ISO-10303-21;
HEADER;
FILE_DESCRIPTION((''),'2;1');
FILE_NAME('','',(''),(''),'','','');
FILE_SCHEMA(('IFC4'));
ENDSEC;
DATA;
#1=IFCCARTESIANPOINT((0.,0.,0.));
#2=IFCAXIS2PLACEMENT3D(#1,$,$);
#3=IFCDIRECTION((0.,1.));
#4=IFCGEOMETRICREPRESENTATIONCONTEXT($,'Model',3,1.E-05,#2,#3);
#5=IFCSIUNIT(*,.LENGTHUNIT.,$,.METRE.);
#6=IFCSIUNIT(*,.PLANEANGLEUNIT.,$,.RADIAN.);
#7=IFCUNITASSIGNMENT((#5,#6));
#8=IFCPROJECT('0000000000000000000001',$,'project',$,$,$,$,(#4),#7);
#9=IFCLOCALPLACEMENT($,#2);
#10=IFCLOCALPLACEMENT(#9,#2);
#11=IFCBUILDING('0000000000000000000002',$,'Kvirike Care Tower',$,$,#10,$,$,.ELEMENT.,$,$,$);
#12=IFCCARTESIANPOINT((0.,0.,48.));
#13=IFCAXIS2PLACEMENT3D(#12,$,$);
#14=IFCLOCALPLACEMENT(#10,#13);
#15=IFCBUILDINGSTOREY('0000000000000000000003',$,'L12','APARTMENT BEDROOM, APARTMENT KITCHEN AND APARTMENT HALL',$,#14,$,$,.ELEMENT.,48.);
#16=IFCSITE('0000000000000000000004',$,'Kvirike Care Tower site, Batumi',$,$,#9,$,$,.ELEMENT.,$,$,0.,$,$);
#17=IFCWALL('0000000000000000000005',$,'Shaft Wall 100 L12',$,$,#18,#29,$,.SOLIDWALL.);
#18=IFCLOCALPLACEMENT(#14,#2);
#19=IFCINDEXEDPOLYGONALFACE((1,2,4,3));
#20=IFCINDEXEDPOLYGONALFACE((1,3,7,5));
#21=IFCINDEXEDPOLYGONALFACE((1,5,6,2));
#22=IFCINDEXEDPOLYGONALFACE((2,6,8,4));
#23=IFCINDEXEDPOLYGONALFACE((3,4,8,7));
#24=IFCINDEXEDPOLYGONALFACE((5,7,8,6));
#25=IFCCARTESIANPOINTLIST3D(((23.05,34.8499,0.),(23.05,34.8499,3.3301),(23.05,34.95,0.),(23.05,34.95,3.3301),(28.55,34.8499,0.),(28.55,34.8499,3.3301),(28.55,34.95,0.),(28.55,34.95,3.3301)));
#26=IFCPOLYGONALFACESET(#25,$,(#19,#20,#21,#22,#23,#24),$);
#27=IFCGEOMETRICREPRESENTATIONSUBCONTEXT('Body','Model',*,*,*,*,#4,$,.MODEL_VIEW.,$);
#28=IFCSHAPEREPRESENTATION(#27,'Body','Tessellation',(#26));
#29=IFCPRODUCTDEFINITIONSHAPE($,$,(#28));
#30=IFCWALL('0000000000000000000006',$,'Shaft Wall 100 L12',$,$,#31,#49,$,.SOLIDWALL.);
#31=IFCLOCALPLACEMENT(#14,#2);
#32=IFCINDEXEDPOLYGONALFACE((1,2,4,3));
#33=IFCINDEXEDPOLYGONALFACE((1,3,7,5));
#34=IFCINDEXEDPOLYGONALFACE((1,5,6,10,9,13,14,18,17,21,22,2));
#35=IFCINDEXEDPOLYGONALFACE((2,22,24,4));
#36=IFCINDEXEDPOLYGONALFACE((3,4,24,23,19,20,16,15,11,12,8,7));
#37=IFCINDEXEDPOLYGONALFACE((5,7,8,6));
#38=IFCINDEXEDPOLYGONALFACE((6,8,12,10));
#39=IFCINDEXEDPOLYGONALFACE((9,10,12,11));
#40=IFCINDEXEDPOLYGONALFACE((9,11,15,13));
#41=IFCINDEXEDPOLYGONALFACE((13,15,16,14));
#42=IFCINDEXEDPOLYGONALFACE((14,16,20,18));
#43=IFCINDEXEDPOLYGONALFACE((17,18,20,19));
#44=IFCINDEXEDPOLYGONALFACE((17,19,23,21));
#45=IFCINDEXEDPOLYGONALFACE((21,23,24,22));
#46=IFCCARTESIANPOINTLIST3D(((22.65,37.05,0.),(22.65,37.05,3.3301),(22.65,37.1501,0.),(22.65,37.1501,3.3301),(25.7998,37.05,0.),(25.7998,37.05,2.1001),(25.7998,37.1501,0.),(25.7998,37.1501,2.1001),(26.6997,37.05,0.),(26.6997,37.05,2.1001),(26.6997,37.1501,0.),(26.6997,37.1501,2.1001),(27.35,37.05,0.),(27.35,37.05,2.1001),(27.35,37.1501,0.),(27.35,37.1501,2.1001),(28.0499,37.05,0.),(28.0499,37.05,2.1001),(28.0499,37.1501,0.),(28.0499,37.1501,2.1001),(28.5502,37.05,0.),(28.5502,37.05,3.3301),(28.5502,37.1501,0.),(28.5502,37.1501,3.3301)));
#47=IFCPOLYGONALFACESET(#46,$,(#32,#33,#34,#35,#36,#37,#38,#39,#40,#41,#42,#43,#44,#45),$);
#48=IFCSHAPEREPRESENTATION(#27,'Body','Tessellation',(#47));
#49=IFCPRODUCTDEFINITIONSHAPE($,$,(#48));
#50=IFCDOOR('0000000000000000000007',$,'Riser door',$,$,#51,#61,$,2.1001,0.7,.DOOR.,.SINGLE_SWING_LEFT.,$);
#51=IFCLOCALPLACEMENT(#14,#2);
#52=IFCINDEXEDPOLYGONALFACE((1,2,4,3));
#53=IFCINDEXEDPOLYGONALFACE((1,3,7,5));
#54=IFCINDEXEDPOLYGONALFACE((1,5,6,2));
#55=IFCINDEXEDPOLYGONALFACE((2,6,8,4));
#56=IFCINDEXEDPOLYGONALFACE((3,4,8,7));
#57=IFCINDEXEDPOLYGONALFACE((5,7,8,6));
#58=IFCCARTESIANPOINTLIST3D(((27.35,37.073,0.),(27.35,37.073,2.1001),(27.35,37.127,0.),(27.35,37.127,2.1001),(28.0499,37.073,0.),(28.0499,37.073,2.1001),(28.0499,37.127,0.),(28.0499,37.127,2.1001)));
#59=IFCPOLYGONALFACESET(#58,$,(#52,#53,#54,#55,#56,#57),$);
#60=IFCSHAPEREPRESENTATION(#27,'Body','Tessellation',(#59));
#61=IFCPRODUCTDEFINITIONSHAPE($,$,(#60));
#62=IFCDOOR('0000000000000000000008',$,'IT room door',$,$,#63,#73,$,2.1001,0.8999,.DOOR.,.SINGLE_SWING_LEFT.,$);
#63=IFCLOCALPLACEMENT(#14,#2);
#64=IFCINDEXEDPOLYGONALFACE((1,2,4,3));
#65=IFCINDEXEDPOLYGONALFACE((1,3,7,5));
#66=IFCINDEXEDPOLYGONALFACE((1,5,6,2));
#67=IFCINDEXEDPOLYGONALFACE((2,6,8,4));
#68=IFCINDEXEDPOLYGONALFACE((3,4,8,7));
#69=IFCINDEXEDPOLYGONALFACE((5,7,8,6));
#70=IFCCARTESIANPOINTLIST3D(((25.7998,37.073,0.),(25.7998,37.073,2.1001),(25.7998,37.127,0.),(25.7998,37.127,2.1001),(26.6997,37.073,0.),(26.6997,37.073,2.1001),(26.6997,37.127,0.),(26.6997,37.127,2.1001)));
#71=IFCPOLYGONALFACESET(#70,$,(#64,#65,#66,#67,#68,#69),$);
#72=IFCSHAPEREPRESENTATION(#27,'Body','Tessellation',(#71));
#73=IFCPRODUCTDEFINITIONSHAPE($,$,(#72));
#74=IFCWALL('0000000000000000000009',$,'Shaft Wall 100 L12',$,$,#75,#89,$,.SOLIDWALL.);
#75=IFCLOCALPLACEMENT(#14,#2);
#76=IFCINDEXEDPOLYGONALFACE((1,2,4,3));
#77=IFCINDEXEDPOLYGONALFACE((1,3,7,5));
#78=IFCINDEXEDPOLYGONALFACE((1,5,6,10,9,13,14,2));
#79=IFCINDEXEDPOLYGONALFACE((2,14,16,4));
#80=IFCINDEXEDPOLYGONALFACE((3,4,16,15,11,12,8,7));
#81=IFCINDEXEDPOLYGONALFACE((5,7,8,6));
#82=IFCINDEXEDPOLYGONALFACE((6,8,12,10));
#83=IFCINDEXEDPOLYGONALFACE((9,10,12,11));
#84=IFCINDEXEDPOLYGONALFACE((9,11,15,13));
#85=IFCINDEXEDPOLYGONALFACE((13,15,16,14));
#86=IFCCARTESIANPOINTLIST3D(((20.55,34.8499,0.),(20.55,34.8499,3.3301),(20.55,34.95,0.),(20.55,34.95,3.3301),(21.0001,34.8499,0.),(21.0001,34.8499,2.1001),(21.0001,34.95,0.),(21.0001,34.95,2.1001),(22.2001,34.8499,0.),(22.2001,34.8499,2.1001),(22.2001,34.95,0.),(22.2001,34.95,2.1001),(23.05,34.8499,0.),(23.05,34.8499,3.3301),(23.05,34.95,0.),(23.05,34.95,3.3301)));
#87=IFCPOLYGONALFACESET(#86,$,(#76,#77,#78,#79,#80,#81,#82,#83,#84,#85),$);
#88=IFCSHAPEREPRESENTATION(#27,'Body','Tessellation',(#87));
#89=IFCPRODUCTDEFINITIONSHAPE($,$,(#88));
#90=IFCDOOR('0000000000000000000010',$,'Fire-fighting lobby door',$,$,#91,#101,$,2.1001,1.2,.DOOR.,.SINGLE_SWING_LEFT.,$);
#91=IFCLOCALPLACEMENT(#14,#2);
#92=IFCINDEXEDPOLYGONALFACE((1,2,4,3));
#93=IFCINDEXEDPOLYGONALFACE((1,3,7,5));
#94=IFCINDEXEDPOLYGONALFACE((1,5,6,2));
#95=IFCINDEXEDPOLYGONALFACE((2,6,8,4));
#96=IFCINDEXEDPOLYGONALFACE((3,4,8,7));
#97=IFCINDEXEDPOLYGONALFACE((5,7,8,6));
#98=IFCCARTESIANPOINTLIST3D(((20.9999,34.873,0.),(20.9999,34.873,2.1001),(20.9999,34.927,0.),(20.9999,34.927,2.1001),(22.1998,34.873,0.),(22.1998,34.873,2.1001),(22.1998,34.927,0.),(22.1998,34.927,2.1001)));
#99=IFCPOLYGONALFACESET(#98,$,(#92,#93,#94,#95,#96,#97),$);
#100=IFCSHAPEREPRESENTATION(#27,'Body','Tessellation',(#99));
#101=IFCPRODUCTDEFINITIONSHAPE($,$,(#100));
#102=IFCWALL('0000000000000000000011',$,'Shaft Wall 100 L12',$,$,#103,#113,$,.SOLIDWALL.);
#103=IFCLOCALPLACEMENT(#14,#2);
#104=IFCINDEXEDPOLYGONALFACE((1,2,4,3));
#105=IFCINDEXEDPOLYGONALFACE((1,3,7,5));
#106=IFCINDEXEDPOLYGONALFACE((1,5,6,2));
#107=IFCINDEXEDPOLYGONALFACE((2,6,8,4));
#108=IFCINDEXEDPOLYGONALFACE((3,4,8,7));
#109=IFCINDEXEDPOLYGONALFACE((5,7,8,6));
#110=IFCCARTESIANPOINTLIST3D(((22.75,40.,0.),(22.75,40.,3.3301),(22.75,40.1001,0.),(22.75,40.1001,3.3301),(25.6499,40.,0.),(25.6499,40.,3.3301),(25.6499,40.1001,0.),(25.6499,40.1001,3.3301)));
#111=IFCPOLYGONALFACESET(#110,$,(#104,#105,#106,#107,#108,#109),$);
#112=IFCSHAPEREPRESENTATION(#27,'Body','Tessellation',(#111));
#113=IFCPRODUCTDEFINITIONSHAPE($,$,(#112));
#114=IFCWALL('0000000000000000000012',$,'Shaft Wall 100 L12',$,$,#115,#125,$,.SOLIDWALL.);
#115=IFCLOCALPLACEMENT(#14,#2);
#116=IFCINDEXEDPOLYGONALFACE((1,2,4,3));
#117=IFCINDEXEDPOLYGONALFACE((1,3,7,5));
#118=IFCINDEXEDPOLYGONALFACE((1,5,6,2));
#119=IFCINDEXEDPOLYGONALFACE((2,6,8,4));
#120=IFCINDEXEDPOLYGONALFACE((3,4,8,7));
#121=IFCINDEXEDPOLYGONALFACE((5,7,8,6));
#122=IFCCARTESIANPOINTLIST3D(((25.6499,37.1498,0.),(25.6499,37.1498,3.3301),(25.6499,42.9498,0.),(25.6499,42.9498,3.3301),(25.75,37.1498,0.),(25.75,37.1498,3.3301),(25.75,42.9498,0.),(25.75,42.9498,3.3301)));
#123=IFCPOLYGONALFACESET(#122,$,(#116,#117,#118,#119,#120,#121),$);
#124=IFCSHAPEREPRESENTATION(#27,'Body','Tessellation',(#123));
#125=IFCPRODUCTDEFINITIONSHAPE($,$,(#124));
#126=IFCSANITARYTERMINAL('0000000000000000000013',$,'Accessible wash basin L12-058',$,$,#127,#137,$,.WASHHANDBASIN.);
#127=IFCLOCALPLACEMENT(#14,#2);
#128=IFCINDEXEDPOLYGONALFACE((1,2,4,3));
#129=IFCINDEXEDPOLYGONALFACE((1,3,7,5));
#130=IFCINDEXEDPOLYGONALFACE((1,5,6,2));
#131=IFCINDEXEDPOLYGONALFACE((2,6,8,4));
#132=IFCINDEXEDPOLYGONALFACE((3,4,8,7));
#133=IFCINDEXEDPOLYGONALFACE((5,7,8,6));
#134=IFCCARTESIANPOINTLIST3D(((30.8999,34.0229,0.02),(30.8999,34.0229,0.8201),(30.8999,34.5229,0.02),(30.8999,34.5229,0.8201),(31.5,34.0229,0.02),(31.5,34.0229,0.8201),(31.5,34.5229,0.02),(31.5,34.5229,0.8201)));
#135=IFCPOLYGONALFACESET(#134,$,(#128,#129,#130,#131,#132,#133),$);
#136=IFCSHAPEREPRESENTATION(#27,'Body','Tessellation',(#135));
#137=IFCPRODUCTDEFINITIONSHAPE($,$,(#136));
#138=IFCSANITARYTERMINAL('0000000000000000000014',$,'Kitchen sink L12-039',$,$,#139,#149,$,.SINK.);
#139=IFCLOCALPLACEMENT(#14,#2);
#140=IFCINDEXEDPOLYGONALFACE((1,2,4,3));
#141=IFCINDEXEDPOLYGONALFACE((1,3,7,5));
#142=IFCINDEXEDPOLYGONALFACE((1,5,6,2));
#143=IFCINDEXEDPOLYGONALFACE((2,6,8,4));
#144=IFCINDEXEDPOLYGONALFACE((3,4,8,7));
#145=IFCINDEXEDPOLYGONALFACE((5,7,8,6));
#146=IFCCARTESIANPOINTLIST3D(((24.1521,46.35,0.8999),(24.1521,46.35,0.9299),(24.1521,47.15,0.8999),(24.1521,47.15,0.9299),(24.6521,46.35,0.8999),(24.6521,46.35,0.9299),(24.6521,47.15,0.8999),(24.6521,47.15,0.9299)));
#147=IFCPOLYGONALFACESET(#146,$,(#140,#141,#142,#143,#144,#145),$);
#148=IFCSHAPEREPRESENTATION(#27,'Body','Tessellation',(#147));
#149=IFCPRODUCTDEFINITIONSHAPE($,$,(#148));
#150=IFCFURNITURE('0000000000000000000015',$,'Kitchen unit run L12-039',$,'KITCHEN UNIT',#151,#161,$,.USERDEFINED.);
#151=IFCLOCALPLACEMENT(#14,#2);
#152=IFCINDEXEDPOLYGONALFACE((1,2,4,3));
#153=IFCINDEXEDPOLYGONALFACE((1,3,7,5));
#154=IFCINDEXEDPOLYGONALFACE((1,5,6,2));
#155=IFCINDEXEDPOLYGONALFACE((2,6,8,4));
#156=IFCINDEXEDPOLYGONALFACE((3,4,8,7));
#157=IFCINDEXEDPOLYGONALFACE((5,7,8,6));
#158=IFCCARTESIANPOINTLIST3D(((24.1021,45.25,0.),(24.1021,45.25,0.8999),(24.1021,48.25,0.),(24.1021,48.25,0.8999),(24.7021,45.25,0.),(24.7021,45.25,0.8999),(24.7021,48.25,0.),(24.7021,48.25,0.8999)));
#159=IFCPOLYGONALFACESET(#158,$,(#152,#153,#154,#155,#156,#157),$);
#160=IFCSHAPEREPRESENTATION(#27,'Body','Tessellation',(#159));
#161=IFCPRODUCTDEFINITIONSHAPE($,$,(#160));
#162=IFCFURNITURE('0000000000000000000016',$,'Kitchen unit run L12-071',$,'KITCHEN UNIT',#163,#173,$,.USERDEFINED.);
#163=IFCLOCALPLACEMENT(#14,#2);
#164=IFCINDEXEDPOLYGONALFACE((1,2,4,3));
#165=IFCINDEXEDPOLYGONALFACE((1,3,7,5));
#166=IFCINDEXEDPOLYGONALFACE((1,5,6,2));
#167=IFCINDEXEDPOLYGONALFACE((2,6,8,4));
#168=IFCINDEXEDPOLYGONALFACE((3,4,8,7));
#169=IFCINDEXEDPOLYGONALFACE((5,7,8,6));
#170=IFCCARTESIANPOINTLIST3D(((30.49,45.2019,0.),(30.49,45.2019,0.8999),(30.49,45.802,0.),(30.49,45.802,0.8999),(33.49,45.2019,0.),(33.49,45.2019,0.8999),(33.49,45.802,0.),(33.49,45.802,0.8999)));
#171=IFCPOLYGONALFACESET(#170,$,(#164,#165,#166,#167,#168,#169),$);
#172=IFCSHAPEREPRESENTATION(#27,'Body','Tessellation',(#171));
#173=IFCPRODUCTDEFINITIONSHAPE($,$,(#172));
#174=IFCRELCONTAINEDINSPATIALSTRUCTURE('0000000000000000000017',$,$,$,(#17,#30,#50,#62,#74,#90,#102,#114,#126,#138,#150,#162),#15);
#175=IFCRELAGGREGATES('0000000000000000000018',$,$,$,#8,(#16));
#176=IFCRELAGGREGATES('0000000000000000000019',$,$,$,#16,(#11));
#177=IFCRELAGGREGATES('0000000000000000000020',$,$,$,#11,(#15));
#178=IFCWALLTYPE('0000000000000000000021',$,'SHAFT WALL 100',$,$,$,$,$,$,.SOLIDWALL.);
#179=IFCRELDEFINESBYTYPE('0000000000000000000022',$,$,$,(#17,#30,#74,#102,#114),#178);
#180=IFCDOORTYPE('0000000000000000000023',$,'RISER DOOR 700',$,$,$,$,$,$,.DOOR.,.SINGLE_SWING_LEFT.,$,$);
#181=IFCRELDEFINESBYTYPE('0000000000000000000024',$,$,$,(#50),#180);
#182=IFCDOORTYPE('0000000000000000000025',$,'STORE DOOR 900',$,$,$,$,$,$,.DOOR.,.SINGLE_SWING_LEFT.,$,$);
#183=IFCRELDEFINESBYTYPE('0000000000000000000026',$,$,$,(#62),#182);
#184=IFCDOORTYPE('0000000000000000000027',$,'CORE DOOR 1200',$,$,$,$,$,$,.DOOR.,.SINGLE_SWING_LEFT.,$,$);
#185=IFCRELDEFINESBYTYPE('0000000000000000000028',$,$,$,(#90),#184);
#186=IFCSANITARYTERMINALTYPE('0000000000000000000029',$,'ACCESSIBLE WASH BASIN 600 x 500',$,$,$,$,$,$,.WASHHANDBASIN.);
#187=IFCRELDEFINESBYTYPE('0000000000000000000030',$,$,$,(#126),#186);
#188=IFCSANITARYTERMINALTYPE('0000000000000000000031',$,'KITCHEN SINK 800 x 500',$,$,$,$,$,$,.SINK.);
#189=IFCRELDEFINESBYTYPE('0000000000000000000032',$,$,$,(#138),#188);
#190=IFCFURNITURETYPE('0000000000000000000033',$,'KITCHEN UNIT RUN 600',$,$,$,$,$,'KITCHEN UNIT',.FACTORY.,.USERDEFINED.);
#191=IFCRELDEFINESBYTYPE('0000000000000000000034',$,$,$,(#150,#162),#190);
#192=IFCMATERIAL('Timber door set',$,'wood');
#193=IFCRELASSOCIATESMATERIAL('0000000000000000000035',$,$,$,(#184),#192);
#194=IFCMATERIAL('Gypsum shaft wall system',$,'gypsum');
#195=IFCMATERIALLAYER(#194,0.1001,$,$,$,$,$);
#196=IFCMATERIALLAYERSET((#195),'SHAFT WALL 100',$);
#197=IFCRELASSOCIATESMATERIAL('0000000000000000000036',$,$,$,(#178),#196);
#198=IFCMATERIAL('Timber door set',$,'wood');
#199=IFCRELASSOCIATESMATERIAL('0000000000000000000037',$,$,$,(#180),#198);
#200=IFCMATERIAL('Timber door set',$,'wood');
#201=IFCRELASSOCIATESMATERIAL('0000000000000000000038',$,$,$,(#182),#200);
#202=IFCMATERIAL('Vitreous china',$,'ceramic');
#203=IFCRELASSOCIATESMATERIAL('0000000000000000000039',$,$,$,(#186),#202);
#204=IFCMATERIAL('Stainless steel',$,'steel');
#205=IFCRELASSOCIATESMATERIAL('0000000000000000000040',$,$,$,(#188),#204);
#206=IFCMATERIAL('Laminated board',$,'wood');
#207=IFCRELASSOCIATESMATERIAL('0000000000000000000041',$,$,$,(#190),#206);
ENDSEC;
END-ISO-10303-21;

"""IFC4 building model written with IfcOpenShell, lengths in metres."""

from ifc_helpers import new_model, si_unit, direction, frame, frame_2d, origin, origin_2d, place, context, subcontext, project, spatial, rectangle, extrude, material, layer, layer_set, type_object, element, fill, save


model = new_model("IFC4")

# Units and contexts
model_context = context("Model", 3, precision=1e-05, world=origin(), true_north=direction((0.0, 1.0)))
body_context = subcontext(model_context, "Body", "Model", "MODEL_VIEW")
ifc_project = project(units=[si_unit("LENGTHUNIT", "METRE"), si_unit("PLANEANGLEUNIT", "RADIAN")], contexts=[model_context])

# Site, building, storey
site_placement = place(None, origin())
site = spatial("IfcSite", under=ifc_project, at=site_placement, Name="Kvirike Care Tower site, Batumi", CompositionType="ELEMENT", RefElevation=0.0)
building_placement = place(site_placement, origin())
building = spatial("IfcBuilding", under=site, at=building_placement, Name="Kvirike Care Tower", CompositionType="ELEMENT")
storey_placement = place(building_placement, frame((0.0, 0.0, 48.0)))
storey = spatial("IfcBuildingStorey", under=building, at=storey_placement, Name="L12", Description="APARTMENT BEDROOM, APARTMENT KITCHEN AND APARTMENT HALL", CompositionType="ELEMENT", Elevation=48.0)

# Shared definitions
ifc_material_1 = material(Name="Timber door set", Category="wood")
door_type_1 = type_object("IfcDoorType", Name="CORE DOOR 1200", OperationType="SINGLE_SWING_LEFT", PredefinedType="DOOR", material=ifc_material_1)

# Shared definitions
ifc_material_2 = material(Name="Gypsum shaft wall system", Category="gypsum")
ifc_layer_1 = layer(ifc_material_2, 0.1001)
ifc_layer_set_1 = layer_set([ifc_layer_1], Name="SHAFT WALL 100")
wall_type_1 = type_object("IfcWallType", Name="SHAFT WALL 100", PredefinedType="SOLIDWALL", material=ifc_layer_set_1)

# Wall
wall_1_placement = place(storey_placement, frame((23.05, 34.8999, 0.0), z_axis=(0.0, 0.0, 1.0), x_axis=(1.0, 0.0, 0.0)))
element("IfcWall", 1, at=wall_1_placement, inside=storey, type_object=wall_type_1, Name="Shaft Wall 100 L12", PredefinedType="SOLIDWALL", context=body_context, shape_type="SweptSolid", body=[
    extrude(rectangle(XDim=5.5, YDim=0.1001, at=frame_2d((2.75, 0.0))), origin(), (0.0, 0.0, 1.0), 3.3301),
])

# Wall, openings, doors
wall_2_placement = place(storey_placement, frame((22.6499, 37.1001, 0.0), z_axis=(0.0, 0.0, 1.0), x_axis=(1.0, 0.0, 0.0)))
wall_2 = element("IfcWall", 2, at=wall_2_placement, inside=storey, type_object=wall_type_1, Name="Shaft Wall 100 L12", PredefinedType="SOLIDWALL", context=body_context, shape_type="SweptSolid", body=[
    extrude(rectangle(XDim=5.9001, YDim=0.1001, at=frame_2d((2.9502, 0.0))), origin(), (0.0, 0.0, 1.0), 3.3301),
])
opening_1_placement = place(wall_2_placement, frame((3.1499, 0.0, 0.0)))
opening_1 = element("IfcOpeningElement", 3, at=opening_1_placement, cuts=wall_2, PredefinedType="OPENING", context=body_context, shape_type="SweptSolid", body=[
    extrude(rectangle(XDim=0.8999, YDim=2.1001, at=frame_2d((0.45, 1.05))), frame((0.0, 0.0605, 0.0), z_axis=(0.0, -1.0, 0.0), x_axis=(1.0, 0.0, 0.0)), (0.0, 0.0, 1.0), 0.1211),
])
opening_2_placement = place(wall_2_placement, frame((4.7, 0.0, 0.0)))
opening_2 = element("IfcOpeningElement", 4, at=opening_2_placement, cuts=wall_2, PredefinedType="OPENING", context=body_context, shape_type="SweptSolid", body=[
    extrude(rectangle(XDim=0.7, YDim=2.1001, at=frame_2d((0.3501, 1.05))), frame((0.0, 0.0605, 0.0), z_axis=(0.0, -1.0, 0.0), x_axis=(1.0, 0.0, 0.0)), (0.0, 0.0, 1.0), 0.1211),
])
ifc_material_3 = material(Name="Timber door set", Category="wood")
door_type_2 = type_object("IfcDoorType", Name="RISER DOOR 700", OperationType="SINGLE_SWING_LEFT", PredefinedType="DOOR", material=ifc_material_3)
door_1_placement = place(opening_2_placement, origin())
door_1 = element("IfcDoor", 5, at=door_1_placement, inside=storey, type_object=door_type_2, Name="Riser door", OperationType="SINGLE_SWING_LEFT", OverallHeight=2.1001, OverallWidth=0.7, PredefinedType="DOOR", context=body_context, shape_type="SweptSolid", body=[
    extrude(rectangle(XDim=0.7, YDim=2.1001, at=frame_2d((0.3501, 1.05))), frame((0.0, 0.0269, 0.0), z_axis=(0.0, -1.0, 0.0), x_axis=(1.0, 0.0, 0.0)), (0.0, 0.0, 1.0), 0.054),
])
fill(opening_2, door_1)
ifc_material_4 = material(Name="Timber door set", Category="wood")
door_type_3 = type_object("IfcDoorType", Name="STORE DOOR 900", OperationType="SINGLE_SWING_LEFT", PredefinedType="DOOR", material=ifc_material_4)
door_2_placement = place(opening_1_placement, origin())
door_2 = element("IfcDoor", 6, at=door_2_placement, inside=storey, type_object=door_type_3, Name="IT room door", OperationType="SINGLE_SWING_LEFT", OverallHeight=2.1001, OverallWidth=0.8999, PredefinedType="DOOR", context=body_context, shape_type="SweptSolid", body=[
    extrude(rectangle(XDim=0.8999, YDim=2.1001, at=frame_2d((0.45, 1.05))), frame((0.0, 0.0269, 0.0), z_axis=(0.0, -1.0, 0.0), x_axis=(1.0, 0.0, 0.0)), (0.0, 0.0, 1.0), 0.054),
])
fill(opening_1, door_2)

# Wall, opening, door
wall_3_placement = place(storey_placement, frame((20.55, 34.8999, 0.0), z_axis=(0.0, 0.0, 1.0), x_axis=(1.0, 0.0, 0.0)))
wall_3 = element("IfcWall", 7, at=wall_3_placement, inside=storey, type_object=wall_type_1, Name="Shaft Wall 100 L12", PredefinedType="SOLIDWALL", context=body_context, shape_type="SweptSolid", body=[
    extrude(rectangle(XDim=2.5, YDim=0.1001, at=frame_2d((1.25, 0.0))), origin(), (0.0, 0.0, 1.0), 3.3301),
])
opening_3_placement = place(wall_3_placement, frame((0.45, 0.0, 0.0)))
opening_3 = element("IfcOpeningElement", 8, at=opening_3_placement, cuts=wall_3, PredefinedType="OPENING", context=body_context, shape_type="SweptSolid", body=[
    extrude(rectangle(XDim=1.2, YDim=2.1001, at=frame_2d((0.6001, 1.05))), frame((0.0, 0.0605, 0.0), z_axis=(0.0, -1.0, 0.0), x_axis=(1.0, 0.0, 0.0)), (0.0, 0.0, 1.0), 0.1211),
])
door_3_placement = place(opening_3_placement, frame((1.2, 0.0, 0.0), z_axis=(0.0, 0.0, 1.0), x_axis=(-1.0, 0.0, 0.0)))
door_3 = element("IfcDoor", 9, at=door_3_placement, inside=storey, type_object=door_type_1, Name="Fire-fighting lobby door", OperationType="SINGLE_SWING_LEFT", OverallHeight=2.1001, OverallWidth=1.2, PredefinedType="DOOR", context=body_context, shape_type="SweptSolid", body=[
    extrude(rectangle(XDim=1.2, YDim=2.1001, at=frame_2d((0.6001, 1.05))), frame((0.0, 0.0269, 0.0), z_axis=(0.0, -1.0, 0.0), x_axis=(1.0, 0.0, 0.0)), (0.0, 0.0, 1.0), 0.054),
])
fill(opening_3, door_3)

# Walls
wall_4_placement = place(storey_placement, frame((22.75, 40.05, 0.0), z_axis=(0.0, 0.0, 1.0), x_axis=(1.0, 0.0, 0.0)))
element("IfcWall", 10, at=wall_4_placement, inside=storey, type_object=wall_type_1, Name="Shaft Wall 100 L12", PredefinedType="SOLIDWALL", context=body_context, shape_type="SweptSolid", body=[
    extrude(rectangle(XDim=2.8999, YDim=0.1001, at=frame_2d((1.45, 0.0))), origin(), (0.0, 0.0, 1.0), 3.3301),
])
wall_5_placement = place(storey_placement, frame((25.7, 37.1499, 0.0), z_axis=(0.0, 0.0, 1.0), x_axis=(0.0, 1.0, 0.0)))
element("IfcWall", 11, at=wall_5_placement, inside=storey, type_object=wall_type_1, Name="Shaft Wall 100 L12", PredefinedType="SOLIDWALL", context=body_context, shape_type="SweptSolid", body=[
    extrude(rectangle(XDim=5.8, YDim=0.1001, at=frame_2d((2.8999, 0.0))), origin(), (0.0, 0.0, 1.0), 3.3301),
])

# Sanitary terminals
ifc_material_5 = material(Name="Vitreous china", Category="ceramic")
sanitary_terminal_type_1 = type_object("IfcSanitaryTerminalType", Name="ACCESSIBLE WASH BASIN 600 x 500", PredefinedType="WASHHANDBASIN", material=ifc_material_5)
sanitary_terminal_1_placement = place(storey_placement, frame((31.2, 34.2729, 0.02), z_axis=(0.0, 0.0, 1.0), x_axis=(1.0, 0.0, 0.0)))
element("IfcSanitaryTerminal", 12, at=sanitary_terminal_1_placement, inside=storey, type_object=sanitary_terminal_type_1, Name="Accessible wash basin L12-058", PredefinedType="WASHHANDBASIN", context=body_context, shape_type="SweptSolid", body=[
    extrude(rectangle(XDim=0.6001, YDim=0.5, at=origin_2d()), origin(), (0.0, 0.0, 1.0), 0.8),
])
ifc_material_6 = material(Name="Stainless steel", Category="steel")
sanitary_terminal_type_2 = type_object("IfcSanitaryTerminalType", Name="KITCHEN SINK 800 x 500", PredefinedType="SINK", material=ifc_material_6)
sanitary_terminal_2_placement = place(storey_placement, frame((24.4021, 46.75, 0.8999), z_axis=(0.0, 0.0, 1.0), x_axis=(0.0, 1.0, 0.0)))
element("IfcSanitaryTerminal", 13, at=sanitary_terminal_2_placement, inside=storey, type_object=sanitary_terminal_type_2, Name="Kitchen sink L12-039", PredefinedType="SINK", context=body_context, shape_type="SweptSolid", body=[
    extrude(rectangle(XDim=0.8, YDim=0.5, at=origin_2d()), origin(), (0.0, 0.0, 1.0), 0.03),
])

# Furniture
ifc_material_7 = material(Name="Laminated board", Category="wood")
furniture_type = type_object("IfcFurnitureType", Name="KITCHEN UNIT RUN 600", ElementType="KITCHEN UNIT", AssemblyPlace="FACTORY", PredefinedType="USERDEFINED", material=ifc_material_7)
for number, where, z_axis, x_axis, name in (
    (14, (24.4021, 46.75, 0.0), (0.0, 0.0, 1.0), (0.0, 1.0, 0.0), "Kitchen unit run L12-039"),
    (15, (31.99, 45.502, 0.0), (0.0, 0.0, 1.0), (-1.0, 0.0, 0.0), "Kitchen unit run L12-071"),
):
    element("IfcFurniture", number, at=place(storey_placement, frame(where, z_axis=z_axis, x_axis=x_axis)), inside=storey, type_object=furniture_type, Name=name, ObjectType="KITCHEN UNIT", PredefinedType="USERDEFINED", context=body_context, shape_type="SweptSolid", body=[
        extrude(rectangle(XDim=3.0, YDim=0.6001, at=origin_2d()), origin(), (0.0, 0.0, 1.0), 0.8999),
    ])

save(model, "model.ifc")
